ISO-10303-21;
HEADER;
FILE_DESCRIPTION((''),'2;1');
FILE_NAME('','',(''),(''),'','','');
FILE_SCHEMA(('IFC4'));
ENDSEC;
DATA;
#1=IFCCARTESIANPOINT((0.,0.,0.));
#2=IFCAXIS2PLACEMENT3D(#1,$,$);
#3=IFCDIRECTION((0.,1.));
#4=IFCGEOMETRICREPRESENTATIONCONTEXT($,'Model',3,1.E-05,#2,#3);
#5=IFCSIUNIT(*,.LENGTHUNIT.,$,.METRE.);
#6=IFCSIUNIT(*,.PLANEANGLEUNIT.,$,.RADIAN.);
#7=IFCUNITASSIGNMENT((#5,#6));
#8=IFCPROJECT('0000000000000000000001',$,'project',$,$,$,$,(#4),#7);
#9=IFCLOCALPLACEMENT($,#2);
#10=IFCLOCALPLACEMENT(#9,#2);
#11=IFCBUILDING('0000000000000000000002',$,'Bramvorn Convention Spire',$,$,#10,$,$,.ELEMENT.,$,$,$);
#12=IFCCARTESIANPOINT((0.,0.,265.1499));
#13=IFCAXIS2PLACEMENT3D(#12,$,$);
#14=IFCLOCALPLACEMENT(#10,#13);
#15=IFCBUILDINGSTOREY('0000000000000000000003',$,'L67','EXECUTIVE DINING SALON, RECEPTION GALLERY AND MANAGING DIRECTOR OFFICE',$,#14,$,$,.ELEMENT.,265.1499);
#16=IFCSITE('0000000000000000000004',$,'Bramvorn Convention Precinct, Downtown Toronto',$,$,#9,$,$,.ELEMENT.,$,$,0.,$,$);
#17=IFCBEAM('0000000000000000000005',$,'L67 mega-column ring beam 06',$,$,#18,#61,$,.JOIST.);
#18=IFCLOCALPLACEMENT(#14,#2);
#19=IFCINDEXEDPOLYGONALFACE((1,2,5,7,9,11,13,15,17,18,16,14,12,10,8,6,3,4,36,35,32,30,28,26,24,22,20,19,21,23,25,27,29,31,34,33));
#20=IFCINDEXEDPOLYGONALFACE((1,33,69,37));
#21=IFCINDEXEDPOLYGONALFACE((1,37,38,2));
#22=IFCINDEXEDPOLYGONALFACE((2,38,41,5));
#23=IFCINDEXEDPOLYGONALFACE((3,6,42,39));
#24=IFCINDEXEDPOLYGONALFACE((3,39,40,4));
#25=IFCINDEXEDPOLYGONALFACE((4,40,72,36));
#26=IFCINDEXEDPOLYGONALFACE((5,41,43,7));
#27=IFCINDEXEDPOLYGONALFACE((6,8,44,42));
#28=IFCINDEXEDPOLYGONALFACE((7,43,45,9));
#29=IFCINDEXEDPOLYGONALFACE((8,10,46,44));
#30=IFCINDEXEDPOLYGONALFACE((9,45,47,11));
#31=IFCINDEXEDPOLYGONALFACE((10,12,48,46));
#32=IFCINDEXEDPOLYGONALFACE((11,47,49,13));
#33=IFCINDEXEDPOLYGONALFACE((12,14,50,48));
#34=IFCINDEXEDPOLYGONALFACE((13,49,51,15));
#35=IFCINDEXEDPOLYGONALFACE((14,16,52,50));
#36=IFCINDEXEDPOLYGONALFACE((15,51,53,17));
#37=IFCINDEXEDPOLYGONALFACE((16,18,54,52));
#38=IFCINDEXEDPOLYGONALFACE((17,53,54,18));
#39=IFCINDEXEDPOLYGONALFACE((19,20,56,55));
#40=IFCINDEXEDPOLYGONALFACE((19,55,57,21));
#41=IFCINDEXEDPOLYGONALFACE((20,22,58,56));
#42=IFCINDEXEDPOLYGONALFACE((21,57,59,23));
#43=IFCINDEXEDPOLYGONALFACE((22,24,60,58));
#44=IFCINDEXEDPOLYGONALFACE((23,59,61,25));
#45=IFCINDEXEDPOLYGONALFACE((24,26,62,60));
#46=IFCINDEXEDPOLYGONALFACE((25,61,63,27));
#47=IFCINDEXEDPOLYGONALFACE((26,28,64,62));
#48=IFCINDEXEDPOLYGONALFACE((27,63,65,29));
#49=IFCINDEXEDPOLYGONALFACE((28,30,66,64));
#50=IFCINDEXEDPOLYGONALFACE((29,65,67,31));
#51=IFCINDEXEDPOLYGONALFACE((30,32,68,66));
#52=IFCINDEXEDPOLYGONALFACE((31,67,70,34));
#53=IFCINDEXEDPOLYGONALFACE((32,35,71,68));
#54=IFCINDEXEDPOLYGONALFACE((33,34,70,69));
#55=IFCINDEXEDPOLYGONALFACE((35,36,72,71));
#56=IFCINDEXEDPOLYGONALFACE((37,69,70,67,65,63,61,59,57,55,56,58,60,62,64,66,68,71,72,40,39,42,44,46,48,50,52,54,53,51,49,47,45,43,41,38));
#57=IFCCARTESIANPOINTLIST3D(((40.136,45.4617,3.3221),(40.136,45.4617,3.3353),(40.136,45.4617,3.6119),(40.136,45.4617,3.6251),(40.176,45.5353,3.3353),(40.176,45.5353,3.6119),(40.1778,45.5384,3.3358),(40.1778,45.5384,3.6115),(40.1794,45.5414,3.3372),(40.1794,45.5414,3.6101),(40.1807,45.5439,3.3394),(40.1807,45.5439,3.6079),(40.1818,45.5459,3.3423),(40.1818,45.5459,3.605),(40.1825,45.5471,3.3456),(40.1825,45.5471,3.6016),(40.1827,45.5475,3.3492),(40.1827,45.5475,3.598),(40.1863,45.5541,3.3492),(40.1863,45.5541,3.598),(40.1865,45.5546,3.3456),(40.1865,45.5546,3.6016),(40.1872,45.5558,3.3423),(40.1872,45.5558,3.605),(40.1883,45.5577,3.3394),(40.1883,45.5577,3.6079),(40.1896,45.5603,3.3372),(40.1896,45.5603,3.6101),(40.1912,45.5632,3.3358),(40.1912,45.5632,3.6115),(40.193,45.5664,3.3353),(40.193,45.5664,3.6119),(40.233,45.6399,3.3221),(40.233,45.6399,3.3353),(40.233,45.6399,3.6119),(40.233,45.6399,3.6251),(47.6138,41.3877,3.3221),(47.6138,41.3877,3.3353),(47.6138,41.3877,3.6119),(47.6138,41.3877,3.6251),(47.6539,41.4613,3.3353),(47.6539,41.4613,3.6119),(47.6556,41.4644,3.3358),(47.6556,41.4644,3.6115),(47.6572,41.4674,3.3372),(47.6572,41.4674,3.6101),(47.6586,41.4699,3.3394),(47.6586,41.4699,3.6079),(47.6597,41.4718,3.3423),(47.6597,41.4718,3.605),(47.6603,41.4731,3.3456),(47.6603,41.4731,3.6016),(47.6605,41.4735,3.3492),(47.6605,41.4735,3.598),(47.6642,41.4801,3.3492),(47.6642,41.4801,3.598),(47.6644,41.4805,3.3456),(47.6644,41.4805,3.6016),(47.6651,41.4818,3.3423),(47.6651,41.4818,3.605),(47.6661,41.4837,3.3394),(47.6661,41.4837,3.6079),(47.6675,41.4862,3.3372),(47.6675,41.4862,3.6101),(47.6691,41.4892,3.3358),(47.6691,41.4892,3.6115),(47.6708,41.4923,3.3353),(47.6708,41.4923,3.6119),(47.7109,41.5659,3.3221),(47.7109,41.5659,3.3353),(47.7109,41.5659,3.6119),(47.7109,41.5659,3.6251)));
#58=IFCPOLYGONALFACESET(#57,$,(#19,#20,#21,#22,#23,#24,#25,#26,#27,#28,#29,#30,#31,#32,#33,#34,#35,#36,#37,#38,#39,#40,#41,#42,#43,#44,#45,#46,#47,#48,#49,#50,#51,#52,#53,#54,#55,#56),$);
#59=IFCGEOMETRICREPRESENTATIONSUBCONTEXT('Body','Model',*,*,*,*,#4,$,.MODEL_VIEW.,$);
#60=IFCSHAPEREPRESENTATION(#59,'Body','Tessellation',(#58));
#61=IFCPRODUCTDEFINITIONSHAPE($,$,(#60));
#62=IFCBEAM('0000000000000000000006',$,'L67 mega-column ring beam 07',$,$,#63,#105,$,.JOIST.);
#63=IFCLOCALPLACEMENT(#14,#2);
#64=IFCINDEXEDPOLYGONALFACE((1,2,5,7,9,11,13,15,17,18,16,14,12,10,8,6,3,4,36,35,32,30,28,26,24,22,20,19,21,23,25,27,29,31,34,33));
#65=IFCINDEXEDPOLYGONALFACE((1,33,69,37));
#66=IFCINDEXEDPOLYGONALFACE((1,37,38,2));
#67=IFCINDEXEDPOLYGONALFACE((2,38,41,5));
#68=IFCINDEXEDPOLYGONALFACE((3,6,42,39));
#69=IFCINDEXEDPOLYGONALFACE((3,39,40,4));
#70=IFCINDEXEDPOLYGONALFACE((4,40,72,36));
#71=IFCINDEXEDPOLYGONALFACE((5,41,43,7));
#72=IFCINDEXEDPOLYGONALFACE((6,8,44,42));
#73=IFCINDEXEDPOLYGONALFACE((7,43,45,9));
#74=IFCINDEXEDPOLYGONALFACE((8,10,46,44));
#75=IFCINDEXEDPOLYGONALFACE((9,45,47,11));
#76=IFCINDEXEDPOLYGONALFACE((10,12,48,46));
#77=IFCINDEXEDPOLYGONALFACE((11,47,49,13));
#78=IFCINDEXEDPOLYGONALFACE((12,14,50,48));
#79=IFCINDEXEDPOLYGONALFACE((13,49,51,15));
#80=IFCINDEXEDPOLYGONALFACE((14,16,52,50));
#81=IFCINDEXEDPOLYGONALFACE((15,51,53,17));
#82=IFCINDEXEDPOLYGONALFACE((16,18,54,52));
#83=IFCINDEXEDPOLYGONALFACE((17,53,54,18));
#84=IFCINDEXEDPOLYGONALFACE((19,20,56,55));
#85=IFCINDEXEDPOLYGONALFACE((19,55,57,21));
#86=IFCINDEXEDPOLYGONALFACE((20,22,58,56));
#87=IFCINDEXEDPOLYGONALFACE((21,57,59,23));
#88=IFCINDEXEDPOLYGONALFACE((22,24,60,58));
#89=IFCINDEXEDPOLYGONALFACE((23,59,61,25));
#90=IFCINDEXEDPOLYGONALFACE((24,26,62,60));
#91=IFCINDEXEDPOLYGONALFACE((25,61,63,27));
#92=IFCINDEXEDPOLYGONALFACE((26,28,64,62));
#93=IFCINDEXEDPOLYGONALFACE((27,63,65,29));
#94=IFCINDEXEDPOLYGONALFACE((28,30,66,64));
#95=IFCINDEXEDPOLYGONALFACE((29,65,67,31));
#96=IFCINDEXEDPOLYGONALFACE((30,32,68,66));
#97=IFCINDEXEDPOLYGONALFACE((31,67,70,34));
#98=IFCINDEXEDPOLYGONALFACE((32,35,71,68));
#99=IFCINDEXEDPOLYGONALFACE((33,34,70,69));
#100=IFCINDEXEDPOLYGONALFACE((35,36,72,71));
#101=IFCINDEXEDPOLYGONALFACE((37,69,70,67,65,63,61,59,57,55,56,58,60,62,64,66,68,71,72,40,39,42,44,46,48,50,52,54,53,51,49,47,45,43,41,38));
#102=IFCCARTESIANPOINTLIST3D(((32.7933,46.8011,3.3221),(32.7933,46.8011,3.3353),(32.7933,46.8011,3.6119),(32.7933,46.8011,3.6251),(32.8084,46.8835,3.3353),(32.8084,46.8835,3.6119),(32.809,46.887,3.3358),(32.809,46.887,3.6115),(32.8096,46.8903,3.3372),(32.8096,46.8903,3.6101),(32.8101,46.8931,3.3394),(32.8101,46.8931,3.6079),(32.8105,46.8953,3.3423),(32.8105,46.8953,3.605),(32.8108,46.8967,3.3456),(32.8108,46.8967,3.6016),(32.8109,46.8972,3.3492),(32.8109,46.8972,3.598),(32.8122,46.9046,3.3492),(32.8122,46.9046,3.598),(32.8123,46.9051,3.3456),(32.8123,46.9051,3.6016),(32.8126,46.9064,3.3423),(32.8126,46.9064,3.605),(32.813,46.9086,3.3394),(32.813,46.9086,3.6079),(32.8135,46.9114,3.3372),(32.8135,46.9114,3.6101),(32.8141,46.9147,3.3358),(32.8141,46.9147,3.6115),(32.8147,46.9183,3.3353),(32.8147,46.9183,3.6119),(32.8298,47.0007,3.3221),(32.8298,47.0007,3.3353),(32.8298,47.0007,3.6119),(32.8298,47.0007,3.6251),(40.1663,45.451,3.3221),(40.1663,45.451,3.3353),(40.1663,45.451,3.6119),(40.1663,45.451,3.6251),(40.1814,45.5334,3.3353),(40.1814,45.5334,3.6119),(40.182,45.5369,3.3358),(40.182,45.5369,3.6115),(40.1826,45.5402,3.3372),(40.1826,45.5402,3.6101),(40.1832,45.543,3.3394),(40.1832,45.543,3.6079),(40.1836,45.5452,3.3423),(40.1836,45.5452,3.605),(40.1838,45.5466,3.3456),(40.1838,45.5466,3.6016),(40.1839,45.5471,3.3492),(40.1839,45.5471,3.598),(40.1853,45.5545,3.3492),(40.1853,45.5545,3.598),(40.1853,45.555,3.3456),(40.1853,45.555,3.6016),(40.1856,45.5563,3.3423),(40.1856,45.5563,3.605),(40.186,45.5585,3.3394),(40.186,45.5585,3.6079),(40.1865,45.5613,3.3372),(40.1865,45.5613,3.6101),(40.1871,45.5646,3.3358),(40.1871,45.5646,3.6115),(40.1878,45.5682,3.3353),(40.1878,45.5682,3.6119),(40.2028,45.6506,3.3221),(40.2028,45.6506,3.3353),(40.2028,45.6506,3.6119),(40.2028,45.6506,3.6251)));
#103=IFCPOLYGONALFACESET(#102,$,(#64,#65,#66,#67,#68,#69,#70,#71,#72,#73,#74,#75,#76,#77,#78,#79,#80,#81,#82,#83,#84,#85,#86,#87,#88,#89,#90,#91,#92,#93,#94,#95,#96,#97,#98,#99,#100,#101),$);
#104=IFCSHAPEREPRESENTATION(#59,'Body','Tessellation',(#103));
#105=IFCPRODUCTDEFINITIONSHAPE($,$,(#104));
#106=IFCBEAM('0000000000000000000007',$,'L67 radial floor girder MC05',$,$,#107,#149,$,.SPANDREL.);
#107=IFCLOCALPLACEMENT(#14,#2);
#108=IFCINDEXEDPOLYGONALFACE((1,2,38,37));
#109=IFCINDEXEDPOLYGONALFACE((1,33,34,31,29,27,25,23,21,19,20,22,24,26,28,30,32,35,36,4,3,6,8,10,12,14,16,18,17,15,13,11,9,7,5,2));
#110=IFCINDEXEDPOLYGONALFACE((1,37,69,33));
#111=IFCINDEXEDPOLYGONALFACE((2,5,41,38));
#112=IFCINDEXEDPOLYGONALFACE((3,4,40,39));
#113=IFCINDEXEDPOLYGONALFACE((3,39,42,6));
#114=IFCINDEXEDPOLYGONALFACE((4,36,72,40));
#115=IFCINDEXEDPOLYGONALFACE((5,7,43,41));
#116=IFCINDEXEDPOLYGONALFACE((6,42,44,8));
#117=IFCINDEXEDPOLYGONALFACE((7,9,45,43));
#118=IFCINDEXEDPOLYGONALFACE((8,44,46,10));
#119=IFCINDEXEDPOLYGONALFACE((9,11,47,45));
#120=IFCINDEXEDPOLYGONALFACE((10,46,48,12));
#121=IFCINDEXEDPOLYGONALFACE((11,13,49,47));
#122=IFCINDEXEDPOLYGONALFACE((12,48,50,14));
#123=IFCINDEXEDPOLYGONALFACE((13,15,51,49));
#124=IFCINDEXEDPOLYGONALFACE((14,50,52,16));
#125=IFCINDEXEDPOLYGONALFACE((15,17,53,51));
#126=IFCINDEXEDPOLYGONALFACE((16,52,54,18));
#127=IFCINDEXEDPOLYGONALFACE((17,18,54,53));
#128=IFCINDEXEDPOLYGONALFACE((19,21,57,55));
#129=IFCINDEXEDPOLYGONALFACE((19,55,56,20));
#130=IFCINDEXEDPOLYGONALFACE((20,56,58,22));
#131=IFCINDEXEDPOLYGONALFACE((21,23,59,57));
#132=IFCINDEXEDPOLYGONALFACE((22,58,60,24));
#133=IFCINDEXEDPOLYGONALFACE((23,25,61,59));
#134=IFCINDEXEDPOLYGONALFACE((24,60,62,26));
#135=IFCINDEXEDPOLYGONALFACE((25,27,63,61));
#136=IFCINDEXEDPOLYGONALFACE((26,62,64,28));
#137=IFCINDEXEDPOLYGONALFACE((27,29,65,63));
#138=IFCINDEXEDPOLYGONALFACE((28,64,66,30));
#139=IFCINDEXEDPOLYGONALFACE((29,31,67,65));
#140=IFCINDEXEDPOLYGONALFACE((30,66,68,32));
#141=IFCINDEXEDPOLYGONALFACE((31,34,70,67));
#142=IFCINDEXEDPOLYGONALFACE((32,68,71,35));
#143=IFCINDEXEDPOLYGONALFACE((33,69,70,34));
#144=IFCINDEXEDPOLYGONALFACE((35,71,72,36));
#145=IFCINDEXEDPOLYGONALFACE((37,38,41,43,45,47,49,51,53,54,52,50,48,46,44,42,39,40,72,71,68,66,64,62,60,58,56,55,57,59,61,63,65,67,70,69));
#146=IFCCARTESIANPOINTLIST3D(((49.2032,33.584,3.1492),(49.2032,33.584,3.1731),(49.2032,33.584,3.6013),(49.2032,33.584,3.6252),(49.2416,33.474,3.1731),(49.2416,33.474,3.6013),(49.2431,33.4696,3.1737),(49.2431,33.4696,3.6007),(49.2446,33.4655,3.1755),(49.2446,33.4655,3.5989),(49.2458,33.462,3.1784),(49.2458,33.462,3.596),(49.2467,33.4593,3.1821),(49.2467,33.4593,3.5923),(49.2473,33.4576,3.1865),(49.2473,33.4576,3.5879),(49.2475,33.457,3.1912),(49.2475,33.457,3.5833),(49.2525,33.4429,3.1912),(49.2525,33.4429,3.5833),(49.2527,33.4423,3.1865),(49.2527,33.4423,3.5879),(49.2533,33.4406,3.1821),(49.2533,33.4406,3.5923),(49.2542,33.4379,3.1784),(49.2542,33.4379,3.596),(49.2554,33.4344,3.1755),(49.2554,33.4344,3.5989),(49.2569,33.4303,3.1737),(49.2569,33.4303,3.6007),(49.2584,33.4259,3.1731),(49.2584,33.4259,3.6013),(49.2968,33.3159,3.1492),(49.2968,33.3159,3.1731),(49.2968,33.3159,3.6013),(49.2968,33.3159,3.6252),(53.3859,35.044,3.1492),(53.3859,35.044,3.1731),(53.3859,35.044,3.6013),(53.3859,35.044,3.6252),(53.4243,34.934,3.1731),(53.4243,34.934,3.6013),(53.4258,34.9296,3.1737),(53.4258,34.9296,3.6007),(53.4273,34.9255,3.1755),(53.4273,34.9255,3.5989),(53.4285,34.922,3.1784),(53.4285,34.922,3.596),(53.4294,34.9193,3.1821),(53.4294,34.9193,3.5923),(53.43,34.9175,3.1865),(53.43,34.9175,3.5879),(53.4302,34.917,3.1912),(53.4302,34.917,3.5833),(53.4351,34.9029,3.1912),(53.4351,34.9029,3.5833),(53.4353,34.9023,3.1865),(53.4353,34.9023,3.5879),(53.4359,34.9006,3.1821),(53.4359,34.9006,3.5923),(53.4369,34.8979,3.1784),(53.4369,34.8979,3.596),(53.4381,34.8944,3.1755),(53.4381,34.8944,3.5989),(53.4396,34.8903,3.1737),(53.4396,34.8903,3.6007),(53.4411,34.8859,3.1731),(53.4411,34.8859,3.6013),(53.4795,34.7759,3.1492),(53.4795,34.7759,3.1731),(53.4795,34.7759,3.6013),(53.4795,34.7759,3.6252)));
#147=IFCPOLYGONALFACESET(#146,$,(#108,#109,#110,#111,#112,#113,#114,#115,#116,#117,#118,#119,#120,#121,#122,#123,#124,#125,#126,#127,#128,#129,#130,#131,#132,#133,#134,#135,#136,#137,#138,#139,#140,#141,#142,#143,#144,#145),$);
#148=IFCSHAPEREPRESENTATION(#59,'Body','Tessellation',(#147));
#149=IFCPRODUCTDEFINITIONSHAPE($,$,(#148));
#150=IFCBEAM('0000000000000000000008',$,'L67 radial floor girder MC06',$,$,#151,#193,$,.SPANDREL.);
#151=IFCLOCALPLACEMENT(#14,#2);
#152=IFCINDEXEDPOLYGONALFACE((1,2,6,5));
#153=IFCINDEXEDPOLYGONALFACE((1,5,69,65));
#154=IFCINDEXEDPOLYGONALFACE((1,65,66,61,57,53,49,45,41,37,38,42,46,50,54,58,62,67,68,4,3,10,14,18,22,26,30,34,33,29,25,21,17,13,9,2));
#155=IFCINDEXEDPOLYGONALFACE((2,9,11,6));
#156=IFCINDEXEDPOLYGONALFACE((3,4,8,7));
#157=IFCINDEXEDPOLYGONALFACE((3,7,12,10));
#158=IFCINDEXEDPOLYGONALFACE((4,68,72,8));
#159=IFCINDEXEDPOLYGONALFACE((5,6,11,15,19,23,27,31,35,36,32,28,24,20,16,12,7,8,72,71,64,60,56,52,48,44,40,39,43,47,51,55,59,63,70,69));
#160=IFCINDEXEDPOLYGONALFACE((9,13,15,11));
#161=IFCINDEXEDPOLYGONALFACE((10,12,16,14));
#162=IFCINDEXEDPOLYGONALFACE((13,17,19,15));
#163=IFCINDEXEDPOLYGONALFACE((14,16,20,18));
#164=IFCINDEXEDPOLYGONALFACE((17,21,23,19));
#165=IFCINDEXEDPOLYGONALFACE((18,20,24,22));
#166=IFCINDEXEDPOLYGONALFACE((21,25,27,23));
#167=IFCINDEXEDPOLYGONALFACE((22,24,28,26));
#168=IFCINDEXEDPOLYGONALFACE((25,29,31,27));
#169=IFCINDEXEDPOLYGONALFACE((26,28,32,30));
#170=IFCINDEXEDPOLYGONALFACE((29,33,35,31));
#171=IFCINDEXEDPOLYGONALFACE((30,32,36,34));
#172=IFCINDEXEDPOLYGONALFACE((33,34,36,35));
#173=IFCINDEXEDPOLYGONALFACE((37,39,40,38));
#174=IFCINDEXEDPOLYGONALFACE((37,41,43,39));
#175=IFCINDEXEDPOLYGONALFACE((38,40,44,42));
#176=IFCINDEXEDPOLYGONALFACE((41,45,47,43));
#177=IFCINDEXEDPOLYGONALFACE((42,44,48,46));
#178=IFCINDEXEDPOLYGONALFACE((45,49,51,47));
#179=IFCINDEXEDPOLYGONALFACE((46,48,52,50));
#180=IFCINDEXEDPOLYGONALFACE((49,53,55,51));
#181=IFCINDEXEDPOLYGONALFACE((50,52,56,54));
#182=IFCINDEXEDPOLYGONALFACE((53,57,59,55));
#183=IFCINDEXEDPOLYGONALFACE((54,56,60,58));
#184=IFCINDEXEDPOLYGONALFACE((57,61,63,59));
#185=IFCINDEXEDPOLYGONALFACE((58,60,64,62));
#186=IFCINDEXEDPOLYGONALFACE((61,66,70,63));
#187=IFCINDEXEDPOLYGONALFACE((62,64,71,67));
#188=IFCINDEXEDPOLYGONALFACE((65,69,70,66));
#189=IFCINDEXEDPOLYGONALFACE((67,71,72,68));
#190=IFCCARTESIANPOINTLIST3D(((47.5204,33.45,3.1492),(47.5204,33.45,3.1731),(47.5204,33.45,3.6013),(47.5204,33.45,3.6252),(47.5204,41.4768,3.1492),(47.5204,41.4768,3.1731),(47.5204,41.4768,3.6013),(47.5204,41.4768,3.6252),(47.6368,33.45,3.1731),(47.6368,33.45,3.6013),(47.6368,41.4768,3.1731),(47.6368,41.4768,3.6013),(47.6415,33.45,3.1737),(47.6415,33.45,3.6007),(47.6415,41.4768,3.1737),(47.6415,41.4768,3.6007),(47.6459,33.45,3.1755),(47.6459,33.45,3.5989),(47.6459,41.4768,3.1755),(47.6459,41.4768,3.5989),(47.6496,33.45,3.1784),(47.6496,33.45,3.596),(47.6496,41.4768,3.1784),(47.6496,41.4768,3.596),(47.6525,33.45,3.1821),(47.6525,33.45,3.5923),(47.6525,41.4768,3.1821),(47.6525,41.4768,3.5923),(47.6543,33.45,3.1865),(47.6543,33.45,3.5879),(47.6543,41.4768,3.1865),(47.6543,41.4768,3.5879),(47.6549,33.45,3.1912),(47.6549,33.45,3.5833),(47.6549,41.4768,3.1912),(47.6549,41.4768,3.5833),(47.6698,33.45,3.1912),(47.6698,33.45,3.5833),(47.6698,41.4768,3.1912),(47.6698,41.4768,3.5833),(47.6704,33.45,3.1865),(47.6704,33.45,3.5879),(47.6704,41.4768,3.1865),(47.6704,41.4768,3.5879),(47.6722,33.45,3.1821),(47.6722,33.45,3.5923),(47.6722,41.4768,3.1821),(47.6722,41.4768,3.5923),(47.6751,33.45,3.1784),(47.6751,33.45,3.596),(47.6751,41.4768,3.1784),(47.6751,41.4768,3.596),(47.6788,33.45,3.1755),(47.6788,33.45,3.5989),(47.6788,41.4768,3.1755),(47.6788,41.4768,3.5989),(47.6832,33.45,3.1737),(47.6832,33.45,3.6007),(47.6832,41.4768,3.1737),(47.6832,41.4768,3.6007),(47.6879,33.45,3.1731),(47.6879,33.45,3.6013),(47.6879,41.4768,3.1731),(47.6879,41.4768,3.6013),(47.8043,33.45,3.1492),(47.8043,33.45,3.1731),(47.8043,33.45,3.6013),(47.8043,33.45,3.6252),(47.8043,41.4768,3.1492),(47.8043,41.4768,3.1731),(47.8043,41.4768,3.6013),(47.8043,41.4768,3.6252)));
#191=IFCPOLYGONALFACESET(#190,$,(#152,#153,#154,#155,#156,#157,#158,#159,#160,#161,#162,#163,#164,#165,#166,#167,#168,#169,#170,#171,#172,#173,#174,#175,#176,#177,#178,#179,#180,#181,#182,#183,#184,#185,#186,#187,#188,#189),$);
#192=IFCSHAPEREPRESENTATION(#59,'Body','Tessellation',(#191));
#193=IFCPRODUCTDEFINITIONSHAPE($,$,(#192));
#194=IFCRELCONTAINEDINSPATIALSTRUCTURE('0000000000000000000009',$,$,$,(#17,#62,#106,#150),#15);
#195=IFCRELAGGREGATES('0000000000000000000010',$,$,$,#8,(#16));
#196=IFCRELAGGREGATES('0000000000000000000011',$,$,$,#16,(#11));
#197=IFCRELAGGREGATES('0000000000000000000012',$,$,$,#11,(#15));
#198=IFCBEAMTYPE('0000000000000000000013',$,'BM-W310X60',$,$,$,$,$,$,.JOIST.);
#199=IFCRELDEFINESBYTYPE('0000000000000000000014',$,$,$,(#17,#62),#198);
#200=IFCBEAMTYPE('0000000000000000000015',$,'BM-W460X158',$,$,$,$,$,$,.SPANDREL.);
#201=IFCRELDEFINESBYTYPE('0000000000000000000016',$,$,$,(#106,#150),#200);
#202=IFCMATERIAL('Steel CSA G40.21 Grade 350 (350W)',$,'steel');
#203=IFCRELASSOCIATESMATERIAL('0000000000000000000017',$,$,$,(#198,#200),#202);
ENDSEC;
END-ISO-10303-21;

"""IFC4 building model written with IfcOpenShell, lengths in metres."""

from ifc_helpers import new_model, si_unit, direction, frame, origin, origin_2d, place, context, subcontext, project, spatial, i_section, extrude, material, material_profile, profile_set, type_object, element, save


model = new_model("IFC4")

# Units and contexts
model_context = context("Model", 3, precision=1e-05, world=origin(), true_north=direction((0.0, 1.0)))
body_context = subcontext(model_context, "Body", "Model", "MODEL_VIEW")
ifc_project = project(units=[si_unit("LENGTHUNIT", "METRE"), si_unit("PLANEANGLEUNIT", "RADIAN")], contexts=[model_context])

# Site, building, storey
site_placement = place(None, origin())
site = spatial("IfcSite", under=ifc_project, at=site_placement, Name="Bramvorn Convention Precinct, Downtown Toronto", CompositionType="ELEMENT", RefElevation=0.0)
building_placement = place(site_placement, origin())
building = spatial("IfcBuilding", under=site, at=building_placement, Name="Bramvorn Convention Spire", CompositionType="ELEMENT")
storey_placement = place(building_placement, frame((0.0, 0.0, 265.1499)))
storey = spatial("IfcBuildingStorey", under=building, at=storey_placement, Name="L67", Description="EXECUTIVE DINING SALON, RECEPTION GALLERY AND MANAGING DIRECTOR OFFICE", CompositionType="ELEMENT", Elevation=265.1499)

# Shared definitions
ifc_material_1 = material(Name="Steel CSA G40.21 Grade 350 (350W)", Category="steel")

# Beams
ifc_material_profile_1 = material_profile(ifc_material_1, i_section(OverallWidth=0.2029, OverallDepth=0.303, WebThickness=0.0076, FlangeThickness=0.0132, FilletRadius=0.0139, at=origin_2d()))
ifc_profile_set_1 = profile_set([ifc_material_profile_1], Name="Steel CSA G40.21 Grade 350 (350W) - W310X60")
beam_type_1 = type_object("IfcBeamType", Name="BM-W310X60", PredefinedType="JOIST", material=ifc_profile_set_1)
beam_1_placement = place(storey_placement, frame((47.6624, 41.4768, 3.4736), z_axis=(-0.878133, 0.478416, 0.0), x_axis=(-0.478416, -0.878133, 0.0)))
element("IfcBeam", 1, at=beam_1_placement, inside=storey, type_object=beam_type_1, Name="L67 mega-column ring beam 06", PredefinedType="JOIST", context=body_context, shape_type="SweptSolid", body=[
    extrude(i_section(OverallWidth=0.2029, OverallDepth=0.303, WebThickness=0.0076, FlangeThickness=0.0132, FilletRadius=0.0139, at=origin_2d()), origin(), (0.0, 0.0, 1.0), 8.5156),
])
beam_2_placement = place(storey_placement, frame((40.1846, 45.5508, 3.4736), z_axis=(-0.983645, 0.180118, 0.0), x_axis=(-0.180118, -0.983645, 0.0)))
element("IfcBeam", 2, at=beam_2_placement, inside=storey, type_object=beam_type_1, Name="L67 mega-column ring beam 07", PredefinedType="JOIST", context=body_context, shape_type="SweptSolid", body=[
    extrude(i_section(OverallWidth=0.2029, OverallDepth=0.303, WebThickness=0.0076, FlangeThickness=0.0132, FilletRadius=0.0139, at=origin_2d()), origin(), (0.0, 0.0, 1.0), 7.4956),
])
ifc_material_profile_2 = material_profile(ifc_material_1, i_section(OverallWidth=0.2839, OverallDepth=0.4761, WebThickness=0.0149, FlangeThickness=0.0239, FilletRadius=0.0181, at=origin_2d()))
ifc_profile_set_2 = profile_set([ifc_material_profile_2], Name="Steel CSA G40.21 Grade 350 (350W) - W460X158")
beam_type_2 = type_object("IfcBeamType", Name="BM-W460X158", PredefinedType="SPANDREL", material=ifc_profile_set_2)
beam_3_placement = place(storey_placement, frame((49.25, 33.45, 3.3872), z_axis=(0.944136, 0.329555, 0.0), x_axis=(-0.329555, 0.944136, 0.0)))
element("IfcBeam", 3, at=beam_3_placement, inside=storey, type_object=beam_type_2, Name="L67 radial floor girder MC05", PredefinedType="SPANDREL", context=body_context, shape_type="SweptSolid", body=[
    extrude(i_section(OverallWidth=0.2839, OverallDepth=0.4761, WebThickness=0.0149, FlangeThickness=0.0239, FilletRadius=0.0181, at=origin_2d()), origin(), (0.0, 0.0, 1.0), 4.4302),
])
beam_4_placement = place(storey_placement, frame((47.6624, 33.45, 3.3872), z_axis=(0.0, 1.0, 0.0), x_axis=(-1.0, 0.0, 0.0)))
element("IfcBeam", 4, at=beam_4_placement, inside=storey, type_object=beam_type_2, Name="L67 radial floor girder MC06", PredefinedType="SPANDREL", context=body_context, shape_type="SweptSolid", body=[
    extrude(i_section(OverallWidth=0.2839, OverallDepth=0.4761, WebThickness=0.0149, FlangeThickness=0.0239, FilletRadius=0.0181, at=origin_2d()), origin(), (0.0, 0.0, 1.0), 8.0269),
])

save(model, "model.ifc")
